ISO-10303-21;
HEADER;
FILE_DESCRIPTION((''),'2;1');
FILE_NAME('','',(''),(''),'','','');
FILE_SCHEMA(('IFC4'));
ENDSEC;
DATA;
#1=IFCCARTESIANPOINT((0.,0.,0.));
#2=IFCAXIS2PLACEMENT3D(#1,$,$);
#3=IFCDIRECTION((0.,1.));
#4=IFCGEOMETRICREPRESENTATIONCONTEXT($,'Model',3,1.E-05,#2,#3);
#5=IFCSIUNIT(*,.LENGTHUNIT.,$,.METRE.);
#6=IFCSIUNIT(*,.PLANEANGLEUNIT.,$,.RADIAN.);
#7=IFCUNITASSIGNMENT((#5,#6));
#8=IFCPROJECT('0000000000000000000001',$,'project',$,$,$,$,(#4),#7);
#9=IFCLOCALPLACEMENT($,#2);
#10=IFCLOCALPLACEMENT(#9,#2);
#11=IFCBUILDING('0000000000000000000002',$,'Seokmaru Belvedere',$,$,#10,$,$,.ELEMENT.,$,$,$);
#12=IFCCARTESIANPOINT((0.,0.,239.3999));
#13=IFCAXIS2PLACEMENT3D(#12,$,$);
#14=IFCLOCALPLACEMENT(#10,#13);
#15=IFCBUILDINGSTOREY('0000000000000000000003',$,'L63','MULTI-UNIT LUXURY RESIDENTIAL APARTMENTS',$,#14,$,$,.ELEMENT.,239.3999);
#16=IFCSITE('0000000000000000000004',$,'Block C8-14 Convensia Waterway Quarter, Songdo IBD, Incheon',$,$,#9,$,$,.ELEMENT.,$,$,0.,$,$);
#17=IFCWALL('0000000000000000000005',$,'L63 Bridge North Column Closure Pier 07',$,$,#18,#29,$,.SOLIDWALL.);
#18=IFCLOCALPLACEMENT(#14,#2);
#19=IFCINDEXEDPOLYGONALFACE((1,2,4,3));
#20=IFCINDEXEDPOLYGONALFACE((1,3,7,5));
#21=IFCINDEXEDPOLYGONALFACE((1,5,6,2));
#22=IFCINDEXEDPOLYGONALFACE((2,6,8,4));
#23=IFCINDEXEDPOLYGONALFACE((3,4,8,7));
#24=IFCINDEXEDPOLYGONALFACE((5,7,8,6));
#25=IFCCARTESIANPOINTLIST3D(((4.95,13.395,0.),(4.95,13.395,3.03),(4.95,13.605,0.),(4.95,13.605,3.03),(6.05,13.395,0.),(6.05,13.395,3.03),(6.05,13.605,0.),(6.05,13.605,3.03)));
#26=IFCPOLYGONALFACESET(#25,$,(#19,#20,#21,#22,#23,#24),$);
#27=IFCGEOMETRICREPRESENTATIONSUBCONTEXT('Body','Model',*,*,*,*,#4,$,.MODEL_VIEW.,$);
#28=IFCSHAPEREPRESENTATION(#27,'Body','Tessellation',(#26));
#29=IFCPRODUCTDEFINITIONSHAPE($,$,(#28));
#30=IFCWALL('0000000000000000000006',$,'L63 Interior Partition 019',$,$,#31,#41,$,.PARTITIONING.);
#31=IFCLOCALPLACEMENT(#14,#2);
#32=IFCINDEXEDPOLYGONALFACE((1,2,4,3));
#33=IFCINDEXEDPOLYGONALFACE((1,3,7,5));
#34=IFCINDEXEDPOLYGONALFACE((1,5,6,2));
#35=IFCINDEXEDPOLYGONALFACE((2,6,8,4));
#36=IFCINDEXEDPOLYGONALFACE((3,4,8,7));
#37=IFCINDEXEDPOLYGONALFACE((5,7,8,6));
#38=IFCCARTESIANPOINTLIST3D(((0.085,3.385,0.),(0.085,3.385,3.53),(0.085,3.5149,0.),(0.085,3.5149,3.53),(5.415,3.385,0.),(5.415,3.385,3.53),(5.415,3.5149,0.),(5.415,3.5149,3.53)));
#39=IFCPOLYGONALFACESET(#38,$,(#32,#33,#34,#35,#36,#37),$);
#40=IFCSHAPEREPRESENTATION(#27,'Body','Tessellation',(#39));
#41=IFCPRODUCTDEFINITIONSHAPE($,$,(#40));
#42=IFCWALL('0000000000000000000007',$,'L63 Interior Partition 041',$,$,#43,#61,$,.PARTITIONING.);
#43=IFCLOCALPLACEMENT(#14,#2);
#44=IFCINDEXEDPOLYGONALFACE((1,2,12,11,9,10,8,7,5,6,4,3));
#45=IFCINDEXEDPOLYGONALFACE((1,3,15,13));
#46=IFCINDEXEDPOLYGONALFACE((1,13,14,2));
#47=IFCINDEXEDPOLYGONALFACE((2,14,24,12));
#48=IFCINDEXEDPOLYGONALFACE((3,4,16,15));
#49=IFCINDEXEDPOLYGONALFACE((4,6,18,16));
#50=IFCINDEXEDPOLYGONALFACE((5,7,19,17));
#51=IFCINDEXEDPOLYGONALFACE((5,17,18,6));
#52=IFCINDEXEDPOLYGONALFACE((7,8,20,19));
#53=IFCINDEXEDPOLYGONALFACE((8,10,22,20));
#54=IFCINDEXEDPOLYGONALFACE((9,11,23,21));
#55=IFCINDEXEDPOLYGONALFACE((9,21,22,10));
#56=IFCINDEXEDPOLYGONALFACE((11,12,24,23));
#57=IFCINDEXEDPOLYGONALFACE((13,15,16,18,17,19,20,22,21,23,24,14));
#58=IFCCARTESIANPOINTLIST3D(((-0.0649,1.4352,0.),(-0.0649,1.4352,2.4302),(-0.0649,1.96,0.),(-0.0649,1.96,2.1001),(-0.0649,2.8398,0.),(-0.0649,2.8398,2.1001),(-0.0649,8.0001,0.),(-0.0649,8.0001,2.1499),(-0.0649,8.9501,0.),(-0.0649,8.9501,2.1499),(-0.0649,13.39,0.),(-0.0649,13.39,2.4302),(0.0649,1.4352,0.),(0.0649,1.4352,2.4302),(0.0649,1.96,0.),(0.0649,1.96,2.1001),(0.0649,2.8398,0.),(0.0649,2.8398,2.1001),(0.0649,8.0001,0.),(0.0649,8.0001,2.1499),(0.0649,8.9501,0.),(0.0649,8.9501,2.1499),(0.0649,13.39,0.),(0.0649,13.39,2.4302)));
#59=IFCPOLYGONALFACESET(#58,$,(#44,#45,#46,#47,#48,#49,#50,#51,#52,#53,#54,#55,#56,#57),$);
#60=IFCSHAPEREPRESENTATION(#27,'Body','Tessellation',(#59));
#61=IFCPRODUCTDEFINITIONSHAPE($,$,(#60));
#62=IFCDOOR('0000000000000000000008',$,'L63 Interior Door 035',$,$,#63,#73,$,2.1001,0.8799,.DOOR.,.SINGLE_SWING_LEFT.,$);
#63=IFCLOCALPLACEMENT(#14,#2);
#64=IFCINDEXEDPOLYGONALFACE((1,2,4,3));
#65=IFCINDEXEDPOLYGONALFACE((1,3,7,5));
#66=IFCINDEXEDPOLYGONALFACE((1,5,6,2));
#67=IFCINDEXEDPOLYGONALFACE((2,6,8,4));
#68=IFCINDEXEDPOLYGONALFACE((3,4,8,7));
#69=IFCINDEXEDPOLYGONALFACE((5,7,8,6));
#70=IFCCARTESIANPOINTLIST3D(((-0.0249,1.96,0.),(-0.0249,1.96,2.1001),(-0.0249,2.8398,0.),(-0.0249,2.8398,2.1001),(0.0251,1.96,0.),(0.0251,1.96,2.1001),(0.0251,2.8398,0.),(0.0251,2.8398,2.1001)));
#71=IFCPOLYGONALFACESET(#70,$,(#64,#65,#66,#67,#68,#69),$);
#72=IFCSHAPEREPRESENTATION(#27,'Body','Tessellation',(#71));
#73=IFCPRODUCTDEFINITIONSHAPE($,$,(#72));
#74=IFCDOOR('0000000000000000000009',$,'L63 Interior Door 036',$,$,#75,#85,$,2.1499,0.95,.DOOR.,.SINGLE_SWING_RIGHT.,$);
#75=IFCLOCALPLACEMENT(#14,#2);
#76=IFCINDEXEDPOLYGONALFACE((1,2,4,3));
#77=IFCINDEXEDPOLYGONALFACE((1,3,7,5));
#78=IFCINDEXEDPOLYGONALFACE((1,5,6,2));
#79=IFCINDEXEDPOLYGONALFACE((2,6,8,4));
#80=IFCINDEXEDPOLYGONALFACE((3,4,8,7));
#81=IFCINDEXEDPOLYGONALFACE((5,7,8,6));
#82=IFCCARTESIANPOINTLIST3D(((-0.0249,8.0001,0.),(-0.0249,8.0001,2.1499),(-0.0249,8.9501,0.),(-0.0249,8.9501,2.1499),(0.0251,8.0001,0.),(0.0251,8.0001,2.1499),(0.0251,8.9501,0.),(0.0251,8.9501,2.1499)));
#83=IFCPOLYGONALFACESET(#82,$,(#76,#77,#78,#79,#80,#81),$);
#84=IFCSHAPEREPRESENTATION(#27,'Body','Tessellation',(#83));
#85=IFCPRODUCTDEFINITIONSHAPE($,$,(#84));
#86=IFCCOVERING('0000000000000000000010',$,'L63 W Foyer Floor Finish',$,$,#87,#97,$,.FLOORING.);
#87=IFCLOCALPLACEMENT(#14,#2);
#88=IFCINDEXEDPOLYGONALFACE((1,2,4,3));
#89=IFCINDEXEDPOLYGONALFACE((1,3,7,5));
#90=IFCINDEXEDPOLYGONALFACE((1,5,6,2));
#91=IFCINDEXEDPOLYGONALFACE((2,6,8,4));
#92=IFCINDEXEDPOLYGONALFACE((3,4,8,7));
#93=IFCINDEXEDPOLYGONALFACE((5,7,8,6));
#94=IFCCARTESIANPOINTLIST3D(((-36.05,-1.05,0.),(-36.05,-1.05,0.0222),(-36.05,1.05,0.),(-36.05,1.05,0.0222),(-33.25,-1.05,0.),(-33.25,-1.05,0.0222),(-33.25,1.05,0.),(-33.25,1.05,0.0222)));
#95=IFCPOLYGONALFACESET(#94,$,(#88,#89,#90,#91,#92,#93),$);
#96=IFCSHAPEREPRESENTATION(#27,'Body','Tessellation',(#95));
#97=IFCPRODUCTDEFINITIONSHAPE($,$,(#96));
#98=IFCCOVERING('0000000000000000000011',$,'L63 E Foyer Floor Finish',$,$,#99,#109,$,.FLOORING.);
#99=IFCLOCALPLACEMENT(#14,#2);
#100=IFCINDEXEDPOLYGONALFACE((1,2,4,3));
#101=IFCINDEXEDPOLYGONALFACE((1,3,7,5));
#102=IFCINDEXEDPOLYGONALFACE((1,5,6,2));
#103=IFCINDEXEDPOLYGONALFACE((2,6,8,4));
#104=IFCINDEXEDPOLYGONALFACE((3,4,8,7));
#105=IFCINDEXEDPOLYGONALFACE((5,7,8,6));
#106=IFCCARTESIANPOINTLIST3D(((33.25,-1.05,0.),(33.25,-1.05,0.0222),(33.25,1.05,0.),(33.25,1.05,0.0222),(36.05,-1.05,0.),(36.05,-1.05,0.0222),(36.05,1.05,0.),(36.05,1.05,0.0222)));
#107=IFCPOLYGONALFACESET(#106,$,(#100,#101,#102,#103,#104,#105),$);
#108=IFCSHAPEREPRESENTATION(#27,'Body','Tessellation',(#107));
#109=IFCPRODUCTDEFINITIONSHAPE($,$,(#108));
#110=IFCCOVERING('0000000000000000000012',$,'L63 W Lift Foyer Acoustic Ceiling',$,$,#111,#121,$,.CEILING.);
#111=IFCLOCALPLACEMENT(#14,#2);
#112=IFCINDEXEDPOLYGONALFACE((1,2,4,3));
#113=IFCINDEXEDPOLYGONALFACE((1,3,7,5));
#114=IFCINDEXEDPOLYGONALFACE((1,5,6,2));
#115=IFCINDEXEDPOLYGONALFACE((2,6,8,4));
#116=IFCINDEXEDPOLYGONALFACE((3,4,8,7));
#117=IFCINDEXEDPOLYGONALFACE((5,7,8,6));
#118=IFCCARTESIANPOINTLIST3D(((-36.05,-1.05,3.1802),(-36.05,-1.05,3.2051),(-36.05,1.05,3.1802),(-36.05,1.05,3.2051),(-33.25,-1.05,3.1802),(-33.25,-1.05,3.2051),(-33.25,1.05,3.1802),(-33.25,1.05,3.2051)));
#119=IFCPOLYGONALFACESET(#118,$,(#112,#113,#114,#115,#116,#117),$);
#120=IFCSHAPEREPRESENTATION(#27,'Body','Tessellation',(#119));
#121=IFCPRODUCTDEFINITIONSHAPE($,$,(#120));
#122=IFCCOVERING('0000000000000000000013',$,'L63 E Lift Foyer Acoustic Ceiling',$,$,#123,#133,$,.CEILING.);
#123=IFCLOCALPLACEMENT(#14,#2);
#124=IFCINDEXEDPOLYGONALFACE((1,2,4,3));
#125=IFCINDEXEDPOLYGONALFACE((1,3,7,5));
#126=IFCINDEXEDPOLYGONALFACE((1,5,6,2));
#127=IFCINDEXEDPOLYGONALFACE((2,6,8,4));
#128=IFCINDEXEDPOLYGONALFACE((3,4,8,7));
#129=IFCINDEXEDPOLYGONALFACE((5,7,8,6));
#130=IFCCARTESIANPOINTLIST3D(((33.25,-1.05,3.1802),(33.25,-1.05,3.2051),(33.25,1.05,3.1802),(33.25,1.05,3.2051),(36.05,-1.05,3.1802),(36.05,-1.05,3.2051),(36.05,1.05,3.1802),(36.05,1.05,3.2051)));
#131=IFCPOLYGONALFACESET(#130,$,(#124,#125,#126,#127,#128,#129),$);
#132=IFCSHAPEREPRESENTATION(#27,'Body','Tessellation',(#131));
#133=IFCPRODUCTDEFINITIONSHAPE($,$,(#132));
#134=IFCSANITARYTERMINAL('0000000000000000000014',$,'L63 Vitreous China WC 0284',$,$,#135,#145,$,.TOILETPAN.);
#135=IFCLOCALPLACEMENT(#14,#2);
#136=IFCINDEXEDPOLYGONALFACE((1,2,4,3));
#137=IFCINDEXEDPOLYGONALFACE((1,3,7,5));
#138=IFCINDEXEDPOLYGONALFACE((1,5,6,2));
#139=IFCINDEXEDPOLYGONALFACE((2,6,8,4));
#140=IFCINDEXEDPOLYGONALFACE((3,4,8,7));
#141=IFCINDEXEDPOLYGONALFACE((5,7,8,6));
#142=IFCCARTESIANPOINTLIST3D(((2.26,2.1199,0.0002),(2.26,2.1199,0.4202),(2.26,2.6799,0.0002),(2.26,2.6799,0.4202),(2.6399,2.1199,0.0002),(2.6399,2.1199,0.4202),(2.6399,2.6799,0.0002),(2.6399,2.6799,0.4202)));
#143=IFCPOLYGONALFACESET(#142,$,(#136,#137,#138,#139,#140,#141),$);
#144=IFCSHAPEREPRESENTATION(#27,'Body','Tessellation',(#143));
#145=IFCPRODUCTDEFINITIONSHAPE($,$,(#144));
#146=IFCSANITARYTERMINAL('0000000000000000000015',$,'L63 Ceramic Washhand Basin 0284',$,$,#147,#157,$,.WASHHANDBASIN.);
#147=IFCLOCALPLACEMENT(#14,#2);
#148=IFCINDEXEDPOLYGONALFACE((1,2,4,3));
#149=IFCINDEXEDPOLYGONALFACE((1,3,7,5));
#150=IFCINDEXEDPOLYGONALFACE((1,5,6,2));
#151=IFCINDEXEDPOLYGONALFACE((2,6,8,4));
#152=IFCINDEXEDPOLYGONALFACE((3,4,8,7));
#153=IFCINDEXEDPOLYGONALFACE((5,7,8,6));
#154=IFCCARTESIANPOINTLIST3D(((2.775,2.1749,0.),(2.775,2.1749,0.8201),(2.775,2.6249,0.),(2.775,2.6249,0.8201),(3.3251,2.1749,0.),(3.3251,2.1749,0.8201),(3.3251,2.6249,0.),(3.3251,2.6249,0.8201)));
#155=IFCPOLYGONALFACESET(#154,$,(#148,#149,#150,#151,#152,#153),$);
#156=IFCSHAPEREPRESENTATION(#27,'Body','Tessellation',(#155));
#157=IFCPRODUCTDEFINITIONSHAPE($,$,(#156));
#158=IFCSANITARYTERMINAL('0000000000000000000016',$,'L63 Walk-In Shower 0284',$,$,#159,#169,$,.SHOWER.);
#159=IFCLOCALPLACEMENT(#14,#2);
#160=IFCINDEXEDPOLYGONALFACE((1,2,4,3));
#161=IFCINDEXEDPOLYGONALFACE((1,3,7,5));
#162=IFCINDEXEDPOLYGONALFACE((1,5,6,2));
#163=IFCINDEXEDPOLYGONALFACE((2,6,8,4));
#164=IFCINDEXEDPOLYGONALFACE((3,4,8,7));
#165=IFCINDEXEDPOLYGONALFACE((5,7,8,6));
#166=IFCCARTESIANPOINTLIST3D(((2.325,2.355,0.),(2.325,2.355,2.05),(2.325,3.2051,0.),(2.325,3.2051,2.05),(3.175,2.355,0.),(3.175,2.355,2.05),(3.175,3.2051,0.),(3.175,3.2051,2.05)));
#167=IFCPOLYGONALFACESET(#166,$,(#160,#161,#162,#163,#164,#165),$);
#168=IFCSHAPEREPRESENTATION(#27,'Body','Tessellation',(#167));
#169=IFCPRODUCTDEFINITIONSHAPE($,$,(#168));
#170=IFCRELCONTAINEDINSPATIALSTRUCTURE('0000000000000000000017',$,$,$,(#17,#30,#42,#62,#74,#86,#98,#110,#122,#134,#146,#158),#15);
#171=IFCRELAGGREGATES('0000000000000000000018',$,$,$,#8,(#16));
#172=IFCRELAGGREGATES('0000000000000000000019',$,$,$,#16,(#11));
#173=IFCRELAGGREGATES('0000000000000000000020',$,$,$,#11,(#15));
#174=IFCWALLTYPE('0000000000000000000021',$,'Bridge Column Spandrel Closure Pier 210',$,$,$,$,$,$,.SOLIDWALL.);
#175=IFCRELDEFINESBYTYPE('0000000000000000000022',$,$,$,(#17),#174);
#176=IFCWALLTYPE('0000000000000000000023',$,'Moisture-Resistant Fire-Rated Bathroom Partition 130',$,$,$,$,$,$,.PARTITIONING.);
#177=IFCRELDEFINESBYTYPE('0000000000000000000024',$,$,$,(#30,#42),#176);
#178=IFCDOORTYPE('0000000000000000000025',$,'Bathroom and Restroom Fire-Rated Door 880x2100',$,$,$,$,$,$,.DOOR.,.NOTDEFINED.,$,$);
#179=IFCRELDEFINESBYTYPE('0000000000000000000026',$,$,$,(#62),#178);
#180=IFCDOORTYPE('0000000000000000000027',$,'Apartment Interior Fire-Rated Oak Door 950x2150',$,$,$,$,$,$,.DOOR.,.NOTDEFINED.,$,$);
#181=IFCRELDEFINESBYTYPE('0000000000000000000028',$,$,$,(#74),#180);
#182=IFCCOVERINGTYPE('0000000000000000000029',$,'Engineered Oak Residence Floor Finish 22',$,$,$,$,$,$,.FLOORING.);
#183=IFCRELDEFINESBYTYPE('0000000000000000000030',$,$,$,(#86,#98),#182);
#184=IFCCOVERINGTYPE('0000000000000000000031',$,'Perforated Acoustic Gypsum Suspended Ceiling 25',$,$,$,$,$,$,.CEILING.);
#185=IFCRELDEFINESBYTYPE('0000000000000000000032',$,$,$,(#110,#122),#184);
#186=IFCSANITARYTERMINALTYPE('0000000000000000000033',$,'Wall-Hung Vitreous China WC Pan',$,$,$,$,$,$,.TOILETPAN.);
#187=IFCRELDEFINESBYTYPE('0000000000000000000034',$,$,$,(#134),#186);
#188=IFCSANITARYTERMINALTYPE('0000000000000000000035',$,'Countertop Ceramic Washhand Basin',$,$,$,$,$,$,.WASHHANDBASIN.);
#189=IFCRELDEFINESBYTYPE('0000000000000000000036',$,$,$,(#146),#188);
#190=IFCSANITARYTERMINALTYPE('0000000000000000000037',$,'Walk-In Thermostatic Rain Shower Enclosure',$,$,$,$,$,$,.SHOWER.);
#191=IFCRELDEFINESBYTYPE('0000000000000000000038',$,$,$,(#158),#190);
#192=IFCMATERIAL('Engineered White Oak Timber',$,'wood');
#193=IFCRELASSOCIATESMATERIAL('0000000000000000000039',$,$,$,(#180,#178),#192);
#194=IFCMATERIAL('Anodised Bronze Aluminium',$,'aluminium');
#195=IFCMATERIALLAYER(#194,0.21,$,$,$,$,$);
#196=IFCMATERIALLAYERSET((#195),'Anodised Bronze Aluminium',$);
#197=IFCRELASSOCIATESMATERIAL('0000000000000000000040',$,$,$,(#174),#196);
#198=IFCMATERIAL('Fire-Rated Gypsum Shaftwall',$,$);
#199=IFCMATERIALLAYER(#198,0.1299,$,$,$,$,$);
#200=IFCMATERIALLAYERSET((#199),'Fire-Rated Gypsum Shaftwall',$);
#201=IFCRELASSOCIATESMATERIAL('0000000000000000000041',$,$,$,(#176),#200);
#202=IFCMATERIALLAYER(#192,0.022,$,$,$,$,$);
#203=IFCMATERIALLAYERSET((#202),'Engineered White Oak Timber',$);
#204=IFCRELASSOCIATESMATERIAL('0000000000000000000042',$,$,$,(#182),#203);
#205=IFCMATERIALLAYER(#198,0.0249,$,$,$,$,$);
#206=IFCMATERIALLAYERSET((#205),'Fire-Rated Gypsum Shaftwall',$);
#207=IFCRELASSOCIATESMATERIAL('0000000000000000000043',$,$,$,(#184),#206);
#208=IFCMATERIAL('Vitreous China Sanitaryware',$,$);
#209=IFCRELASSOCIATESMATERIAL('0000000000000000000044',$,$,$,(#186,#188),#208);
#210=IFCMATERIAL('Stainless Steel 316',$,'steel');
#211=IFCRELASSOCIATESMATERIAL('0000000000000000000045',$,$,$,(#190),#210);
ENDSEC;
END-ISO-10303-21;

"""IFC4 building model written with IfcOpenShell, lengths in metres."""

from ifc_helpers import new_model, si_unit, direction, frame, frame_2d, origin, origin_2d, place, context, subcontext, project, spatial, polyline, rectangle, outline, extrude, source, transform, mapped, material, layer, layer_set, type_object, type_shapes, element, fill, save


model = new_model("IFC4")

# Units and contexts
model_context = context("Model", 3, precision=1e-05, world=origin(), true_north=direction((0.0, 1.0)))
body_context = subcontext(model_context, "Body", "Model", "MODEL_VIEW")
ifc_project = project(units=[si_unit("LENGTHUNIT", "METRE"), si_unit("PLANEANGLEUNIT", "RADIAN")], contexts=[model_context])

# Site, building, storey
site_placement = place(None, origin())
site = spatial("IfcSite", under=ifc_project, at=site_placement, Name="Block C8-14 Convensia Waterway Quarter, Songdo IBD, Incheon", CompositionType="ELEMENT", RefElevation=0.0)
building_placement = place(site_placement, origin())
building = spatial("IfcBuilding", under=site, at=building_placement, Name="Seokmaru Belvedere", CompositionType="ELEMENT")
storey_placement = place(building_placement, frame((0.0, 0.0, 239.3999)))
storey = spatial("IfcBuildingStorey", under=building, at=storey_placement, Name="L63", Description="MULTI-UNIT LUXURY RESIDENTIAL APARTMENTS", CompositionType="ELEMENT", Elevation=239.3999)

# Shared definitions
ifc_material_1 = material(Name="Anodised Bronze Aluminium", Category="aluminium")

# Shared definitions
ifc_material_2 = material(Name="Fire-Rated Gypsum Shaftwall")
ifc_material_3 = material(Name="Engineered White Oak Timber", Category="wood")
door_type_1 = type_object("IfcDoorType", Name="Apartment Interior Fire-Rated Oak Door 950x2150", OperationType="NOTDEFINED", PredefinedType="DOOR", material=ifc_material_3)
shared_shape_1 = source(origin(), body_context, "Body", "SweptSolid", [
    extrude(rectangle(XDim=0.95, YDim=2.1499, at=frame_2d((0.4751, 1.075))), frame((0.0, 0.0249, 0.0), z_axis=(0.0, -1.0, 0.0), x_axis=(1.0, 0.0, 0.0)), (0.0, 0.0, 1.0), 0.05),
])
type_shapes(door_type_1, [shared_shape_1])

# Walls
ifc_layer_1 = layer(ifc_material_1, 0.21)
ifc_layer_set_1 = layer_set([ifc_layer_1], Name="Anodised Bronze Aluminium")
wall_type_1 = type_object("IfcWallType", Name="Bridge Column Spandrel Closure Pier 210", PredefinedType="SOLIDWALL", material=ifc_layer_set_1)
wall_1_placement = place(storey_placement, frame((4.95, 13.5, 0.0), z_axis=(0.0, 0.0, 1.0), x_axis=(1.0, 0.0, 0.0)))
element("IfcWall", 1, at=wall_1_placement, inside=storey, type_object=wall_type_1, Name="L63 Bridge North Column Closure Pier 07", PredefinedType="SOLIDWALL", context=body_context, shape_type="SweptSolid", body=[
    extrude(rectangle(XDim=1.1001, YDim=0.21, at=frame_2d((0.55, 0.0))), origin(), (0.0, 0.0, 1.0), 3.03),
])
ifc_layer_2 = layer(ifc_material_2, 0.1299)
ifc_layer_set_2 = layer_set([ifc_layer_2], Name="Fire-Rated Gypsum Shaftwall")
wall_type_2 = type_object("IfcWallType", Name="Moisture-Resistant Fire-Rated Bathroom Partition 130", PredefinedType="PARTITIONING", material=ifc_layer_set_2)
wall_2_placement = place(storey_placement, frame((0.085, 3.45, 0.0), z_axis=(0.0, 0.0, 1.0), x_axis=(1.0, 0.0, 0.0)))
element("IfcWall", 2, at=wall_2_placement, inside=storey, type_object=wall_type_2, Name="L63 Interior Partition 019", PredefinedType="PARTITIONING", context=body_context, shape_type="SweptSolid", body=[
    extrude(rectangle(XDim=5.3301, YDim=0.1299, at=frame_2d((2.665, 0.0))), origin(), (0.0, 0.0, 1.0), 3.53),
])

# Wall, openings, doors
wall_3_placement = place(storey_placement, frame((0.0, 1.4351, 0.0), z_axis=(0.0, 0.0, 1.0), x_axis=(0.0, 1.0, 0.0)))
wall_3 = element("IfcWall", 3, at=wall_3_placement, inside=storey, type_object=wall_type_2, Name="L63 Interior Partition 041", PredefinedType="PARTITIONING", context=body_context, shape_type="SweptSolid", body=[
    extrude(rectangle(XDim=11.9548, YDim=0.1299, at=frame_2d((5.9775, 0.0))), origin(), (0.0, 0.0, 1.0), 2.4302),
])
opening_1_placement = place(wall_3_placement, frame((0.5249, 0.0, 0.0)))
opening_1 = element("IfcOpeningElement", 4, at=opening_1_placement, cuts=wall_3, PredefinedType="OPENING", context=body_context, shape_type="SweptSolid", body=[
    extrude(rectangle(XDim=0.8799, YDim=2.1001, at=frame_2d((0.4399, 1.05))), frame((0.0, 0.075, 0.0), z_axis=(0.0, -1.0, 0.0), x_axis=(1.0, 0.0, 0.0)), (0.0, 0.0, 1.0), 0.1499),
])
opening_2_placement = place(wall_3_placement, frame((6.5649, 0.0, 0.0)))
opening_2 = element("IfcOpeningElement", 5, at=opening_2_placement, cuts=wall_3, PredefinedType="OPENING", context=body_context, shape_type="SweptSolid", body=[
    extrude(rectangle(XDim=0.95, YDim=2.1499, at=frame_2d((0.4751, 1.075))), frame((0.0, 0.075, 0.0), z_axis=(0.0, -1.0, 0.0), x_axis=(1.0, 0.0, 0.0)), (0.0, 0.0, 1.0), 0.1499),
])
door_type_2 = type_object("IfcDoorType", Name="Bathroom and Restroom Fire-Rated Door 880x2100", OperationType="NOTDEFINED", PredefinedType="DOOR", material=ifc_material_3)
shared_shape_2 = source(origin(), body_context, "Body", "SweptSolid", [
    extrude(rectangle(XDim=0.8799, YDim=2.1001, at=frame_2d((0.4399, 1.05))), frame((0.0, 0.0249, 0.0), z_axis=(0.0, -1.0, 0.0), x_axis=(1.0, 0.0, 0.0)), (0.0, 0.0, 1.0), 0.05),
])
type_shapes(door_type_2, [shared_shape_2])
door_1_placement = place(opening_1_placement, origin())
door_1 = element("IfcDoor", 6, at=door_1_placement, inside=storey, type_object=door_type_2, Name="L63 Interior Door 035", OperationType="SINGLE_SWING_LEFT", OverallHeight=2.1001, OverallWidth=0.8799, PredefinedType="DOOR", context=body_context, shape_type="MappedRepresentation", body=[
    mapped(shared_shape_2, transform((0.0, 0.0, 0.0), scale=1.0)),
])
fill(opening_1, door_1)
door_2_placement = place(opening_2_placement, origin())
door_2 = element("IfcDoor", 7, at=door_2_placement, inside=storey, type_object=door_type_1, Name="L63 Interior Door 036", OperationType="SINGLE_SWING_RIGHT", OverallHeight=2.1499, OverallWidth=0.95, PredefinedType="DOOR", context=body_context, shape_type="MappedRepresentation", body=[
    mapped(shared_shape_1, transform((0.0, 0.0, 0.0), scale=1.0)),
])
fill(opening_2, door_2)

# Coverings
ifc_layer_3 = layer(ifc_material_3, 0.022)
ifc_layer_set_3 = layer_set([ifc_layer_3], Name="Engineered White Oak Timber")
covering_type_1 = type_object("IfcCoveringType", Name="Engineered Oak Residence Floor Finish 22", PredefinedType="FLOORING", material=ifc_layer_set_3)
covering_1_placement = place(storey_placement, origin())
element("IfcCovering", 8, at=covering_1_placement, inside=storey, type_object=covering_type_1, Name="L63 W Foyer Floor Finish", PredefinedType="FLOORING", context=body_context, shape_type="SweptSolid", body=[
    extrude(outline(polyline([(-36.05, -1.05), (-33.25, -1.05), (-33.25, 1.05), (-36.05, 1.05), (-36.05, -1.05)])), origin(), (0.0, 0.0, 1.0), 0.0222),
])
covering_2_placement = place(storey_placement, origin())
element("IfcCovering", 9, at=covering_2_placement, inside=storey, type_object=covering_type_1, Name="L63 E Foyer Floor Finish", PredefinedType="FLOORING", context=body_context, shape_type="SweptSolid", body=[
    extrude(outline(polyline([(33.25, -1.05), (36.05, -1.05), (36.05, 1.05), (33.25, 1.05), (33.25, -1.05)])), origin(), (0.0, 0.0, 1.0), 0.0222),
])
ifc_layer_4 = layer(ifc_material_2, 0.0249)
ifc_layer_set_4 = layer_set([ifc_layer_4], Name="Fire-Rated Gypsum Shaftwall")
covering_type_2 = type_object("IfcCoveringType", Name="Perforated Acoustic Gypsum Suspended Ceiling 25", PredefinedType="CEILING", material=ifc_layer_set_4)
covering_3_placement = place(storey_placement, frame((0.0, 0.0, 3.1802)))
element("IfcCovering", 10, at=covering_3_placement, inside=storey, type_object=covering_type_2, Name="L63 W Lift Foyer Acoustic Ceiling", PredefinedType="CEILING", context=body_context, shape_type="SweptSolid", body=[
    extrude(outline(polyline([(-36.05, -1.05), (-33.25, -1.05), (-33.25, 1.05), (-36.05, 1.05), (-36.05, -1.05)])), origin(), (0.0, 0.0, 1.0), 0.0249),
])
covering_4_placement = place(storey_placement, frame((0.0, 0.0, 3.1802)))
element("IfcCovering", 11, at=covering_4_placement, inside=storey, type_object=covering_type_2, Name="L63 E Lift Foyer Acoustic Ceiling", PredefinedType="CEILING", context=body_context, shape_type="SweptSolid", body=[
    extrude(outline(polyline([(33.25, -1.05), (36.05, -1.05), (36.05, 1.05), (33.25, 1.05), (33.25, -1.05)])), origin(), (0.0, 0.0, 1.0), 0.0249),
])

# Sanitary terminals
ifc_material_4 = material(Name="Vitreous China Sanitaryware")
sanitary_terminal_type_1 = type_object("IfcSanitaryTerminalType", Name="Wall-Hung Vitreous China WC Pan", PredefinedType="TOILETPAN", material=ifc_material_4)
shared_shape_3 = source(origin(), body_context, "Body", "SweptSolid", [
    extrude(rectangle(XDim=0.3799, YDim=0.5601, at=origin_2d()), origin(), (0.0, 0.0, 1.0), 0.4199),
])
type_shapes(sanitary_terminal_type_1, [shared_shape_3])
sanitary_terminal_1_placement = place(storey_placement, frame((2.45, 2.3999, 0.0002), z_axis=(0.0, 0.0, 1.0), x_axis=(1.0, 0.0, 0.0)))
element("IfcSanitaryTerminal", 12, at=sanitary_terminal_1_placement, inside=storey, type_object=sanitary_terminal_type_1, Name="L63 Vitreous China WC 0284", PredefinedType="TOILETPAN", context=body_context, shape_type="MappedRepresentation", body=[
    mapped(shared_shape_3, transform((0.0, 0.0, 0.0), scale=1.0)),
])
sanitary_terminal_type_2 = type_object("IfcSanitaryTerminalType", Name="Countertop Ceramic Washhand Basin", PredefinedType="WASHHANDBASIN", material=ifc_material_4)
shared_shape_4 = source(origin(), body_context, "Body", "SweptSolid", [
    extrude(rectangle(XDim=0.55, YDim=0.45, at=origin_2d()), origin(), (0.0, 0.0, 1.0), 0.8201),
])
type_shapes(sanitary_terminal_type_2, [shared_shape_4])
sanitary_terminal_2_placement = place(storey_placement, frame((3.05, 2.3999, 0.0), z_axis=(0.0, 0.0, 1.0), x_axis=(1.0, 0.0, 0.0)))
element("IfcSanitaryTerminal", 13, at=sanitary_terminal_2_placement, inside=storey, type_object=sanitary_terminal_type_2, Name="L63 Ceramic Washhand Basin 0284", PredefinedType="WASHHANDBASIN", context=body_context, shape_type="MappedRepresentation", body=[
    mapped(shared_shape_4, transform((0.0, 0.0, 0.0), scale=1.0)),
])
ifc_material_5 = material(Name="Stainless Steel 316", Category="steel")
sanitary_terminal_type_3 = type_object("IfcSanitaryTerminalType", Name="Walk-In Thermostatic Rain Shower Enclosure", PredefinedType="SHOWER", material=ifc_material_5)
shared_shape_5 = source(origin(), body_context, "Body", "SweptSolid", [
    extrude(rectangle(XDim=0.8501, YDim=0.8501, at=origin_2d()), origin(), (0.0, 0.0, 1.0), 2.05),
])
type_shapes(sanitary_terminal_type_3, [shared_shape_5])
sanitary_terminal_3_placement = place(storey_placement, frame((2.75, 2.78, 0.0), z_axis=(0.0, 0.0, 1.0), x_axis=(1.0, 0.0, 0.0)))
element("IfcSanitaryTerminal", 14, at=sanitary_terminal_3_placement, inside=storey, type_object=sanitary_terminal_type_3, Name="L63 Walk-In Shower 0284", PredefinedType="SHOWER", context=body_context, shape_type="MappedRepresentation", body=[
    mapped(shared_shape_5, transform((0.0, 0.0, 0.0), scale=1.0)),
])

save(model, "model.ifc")
